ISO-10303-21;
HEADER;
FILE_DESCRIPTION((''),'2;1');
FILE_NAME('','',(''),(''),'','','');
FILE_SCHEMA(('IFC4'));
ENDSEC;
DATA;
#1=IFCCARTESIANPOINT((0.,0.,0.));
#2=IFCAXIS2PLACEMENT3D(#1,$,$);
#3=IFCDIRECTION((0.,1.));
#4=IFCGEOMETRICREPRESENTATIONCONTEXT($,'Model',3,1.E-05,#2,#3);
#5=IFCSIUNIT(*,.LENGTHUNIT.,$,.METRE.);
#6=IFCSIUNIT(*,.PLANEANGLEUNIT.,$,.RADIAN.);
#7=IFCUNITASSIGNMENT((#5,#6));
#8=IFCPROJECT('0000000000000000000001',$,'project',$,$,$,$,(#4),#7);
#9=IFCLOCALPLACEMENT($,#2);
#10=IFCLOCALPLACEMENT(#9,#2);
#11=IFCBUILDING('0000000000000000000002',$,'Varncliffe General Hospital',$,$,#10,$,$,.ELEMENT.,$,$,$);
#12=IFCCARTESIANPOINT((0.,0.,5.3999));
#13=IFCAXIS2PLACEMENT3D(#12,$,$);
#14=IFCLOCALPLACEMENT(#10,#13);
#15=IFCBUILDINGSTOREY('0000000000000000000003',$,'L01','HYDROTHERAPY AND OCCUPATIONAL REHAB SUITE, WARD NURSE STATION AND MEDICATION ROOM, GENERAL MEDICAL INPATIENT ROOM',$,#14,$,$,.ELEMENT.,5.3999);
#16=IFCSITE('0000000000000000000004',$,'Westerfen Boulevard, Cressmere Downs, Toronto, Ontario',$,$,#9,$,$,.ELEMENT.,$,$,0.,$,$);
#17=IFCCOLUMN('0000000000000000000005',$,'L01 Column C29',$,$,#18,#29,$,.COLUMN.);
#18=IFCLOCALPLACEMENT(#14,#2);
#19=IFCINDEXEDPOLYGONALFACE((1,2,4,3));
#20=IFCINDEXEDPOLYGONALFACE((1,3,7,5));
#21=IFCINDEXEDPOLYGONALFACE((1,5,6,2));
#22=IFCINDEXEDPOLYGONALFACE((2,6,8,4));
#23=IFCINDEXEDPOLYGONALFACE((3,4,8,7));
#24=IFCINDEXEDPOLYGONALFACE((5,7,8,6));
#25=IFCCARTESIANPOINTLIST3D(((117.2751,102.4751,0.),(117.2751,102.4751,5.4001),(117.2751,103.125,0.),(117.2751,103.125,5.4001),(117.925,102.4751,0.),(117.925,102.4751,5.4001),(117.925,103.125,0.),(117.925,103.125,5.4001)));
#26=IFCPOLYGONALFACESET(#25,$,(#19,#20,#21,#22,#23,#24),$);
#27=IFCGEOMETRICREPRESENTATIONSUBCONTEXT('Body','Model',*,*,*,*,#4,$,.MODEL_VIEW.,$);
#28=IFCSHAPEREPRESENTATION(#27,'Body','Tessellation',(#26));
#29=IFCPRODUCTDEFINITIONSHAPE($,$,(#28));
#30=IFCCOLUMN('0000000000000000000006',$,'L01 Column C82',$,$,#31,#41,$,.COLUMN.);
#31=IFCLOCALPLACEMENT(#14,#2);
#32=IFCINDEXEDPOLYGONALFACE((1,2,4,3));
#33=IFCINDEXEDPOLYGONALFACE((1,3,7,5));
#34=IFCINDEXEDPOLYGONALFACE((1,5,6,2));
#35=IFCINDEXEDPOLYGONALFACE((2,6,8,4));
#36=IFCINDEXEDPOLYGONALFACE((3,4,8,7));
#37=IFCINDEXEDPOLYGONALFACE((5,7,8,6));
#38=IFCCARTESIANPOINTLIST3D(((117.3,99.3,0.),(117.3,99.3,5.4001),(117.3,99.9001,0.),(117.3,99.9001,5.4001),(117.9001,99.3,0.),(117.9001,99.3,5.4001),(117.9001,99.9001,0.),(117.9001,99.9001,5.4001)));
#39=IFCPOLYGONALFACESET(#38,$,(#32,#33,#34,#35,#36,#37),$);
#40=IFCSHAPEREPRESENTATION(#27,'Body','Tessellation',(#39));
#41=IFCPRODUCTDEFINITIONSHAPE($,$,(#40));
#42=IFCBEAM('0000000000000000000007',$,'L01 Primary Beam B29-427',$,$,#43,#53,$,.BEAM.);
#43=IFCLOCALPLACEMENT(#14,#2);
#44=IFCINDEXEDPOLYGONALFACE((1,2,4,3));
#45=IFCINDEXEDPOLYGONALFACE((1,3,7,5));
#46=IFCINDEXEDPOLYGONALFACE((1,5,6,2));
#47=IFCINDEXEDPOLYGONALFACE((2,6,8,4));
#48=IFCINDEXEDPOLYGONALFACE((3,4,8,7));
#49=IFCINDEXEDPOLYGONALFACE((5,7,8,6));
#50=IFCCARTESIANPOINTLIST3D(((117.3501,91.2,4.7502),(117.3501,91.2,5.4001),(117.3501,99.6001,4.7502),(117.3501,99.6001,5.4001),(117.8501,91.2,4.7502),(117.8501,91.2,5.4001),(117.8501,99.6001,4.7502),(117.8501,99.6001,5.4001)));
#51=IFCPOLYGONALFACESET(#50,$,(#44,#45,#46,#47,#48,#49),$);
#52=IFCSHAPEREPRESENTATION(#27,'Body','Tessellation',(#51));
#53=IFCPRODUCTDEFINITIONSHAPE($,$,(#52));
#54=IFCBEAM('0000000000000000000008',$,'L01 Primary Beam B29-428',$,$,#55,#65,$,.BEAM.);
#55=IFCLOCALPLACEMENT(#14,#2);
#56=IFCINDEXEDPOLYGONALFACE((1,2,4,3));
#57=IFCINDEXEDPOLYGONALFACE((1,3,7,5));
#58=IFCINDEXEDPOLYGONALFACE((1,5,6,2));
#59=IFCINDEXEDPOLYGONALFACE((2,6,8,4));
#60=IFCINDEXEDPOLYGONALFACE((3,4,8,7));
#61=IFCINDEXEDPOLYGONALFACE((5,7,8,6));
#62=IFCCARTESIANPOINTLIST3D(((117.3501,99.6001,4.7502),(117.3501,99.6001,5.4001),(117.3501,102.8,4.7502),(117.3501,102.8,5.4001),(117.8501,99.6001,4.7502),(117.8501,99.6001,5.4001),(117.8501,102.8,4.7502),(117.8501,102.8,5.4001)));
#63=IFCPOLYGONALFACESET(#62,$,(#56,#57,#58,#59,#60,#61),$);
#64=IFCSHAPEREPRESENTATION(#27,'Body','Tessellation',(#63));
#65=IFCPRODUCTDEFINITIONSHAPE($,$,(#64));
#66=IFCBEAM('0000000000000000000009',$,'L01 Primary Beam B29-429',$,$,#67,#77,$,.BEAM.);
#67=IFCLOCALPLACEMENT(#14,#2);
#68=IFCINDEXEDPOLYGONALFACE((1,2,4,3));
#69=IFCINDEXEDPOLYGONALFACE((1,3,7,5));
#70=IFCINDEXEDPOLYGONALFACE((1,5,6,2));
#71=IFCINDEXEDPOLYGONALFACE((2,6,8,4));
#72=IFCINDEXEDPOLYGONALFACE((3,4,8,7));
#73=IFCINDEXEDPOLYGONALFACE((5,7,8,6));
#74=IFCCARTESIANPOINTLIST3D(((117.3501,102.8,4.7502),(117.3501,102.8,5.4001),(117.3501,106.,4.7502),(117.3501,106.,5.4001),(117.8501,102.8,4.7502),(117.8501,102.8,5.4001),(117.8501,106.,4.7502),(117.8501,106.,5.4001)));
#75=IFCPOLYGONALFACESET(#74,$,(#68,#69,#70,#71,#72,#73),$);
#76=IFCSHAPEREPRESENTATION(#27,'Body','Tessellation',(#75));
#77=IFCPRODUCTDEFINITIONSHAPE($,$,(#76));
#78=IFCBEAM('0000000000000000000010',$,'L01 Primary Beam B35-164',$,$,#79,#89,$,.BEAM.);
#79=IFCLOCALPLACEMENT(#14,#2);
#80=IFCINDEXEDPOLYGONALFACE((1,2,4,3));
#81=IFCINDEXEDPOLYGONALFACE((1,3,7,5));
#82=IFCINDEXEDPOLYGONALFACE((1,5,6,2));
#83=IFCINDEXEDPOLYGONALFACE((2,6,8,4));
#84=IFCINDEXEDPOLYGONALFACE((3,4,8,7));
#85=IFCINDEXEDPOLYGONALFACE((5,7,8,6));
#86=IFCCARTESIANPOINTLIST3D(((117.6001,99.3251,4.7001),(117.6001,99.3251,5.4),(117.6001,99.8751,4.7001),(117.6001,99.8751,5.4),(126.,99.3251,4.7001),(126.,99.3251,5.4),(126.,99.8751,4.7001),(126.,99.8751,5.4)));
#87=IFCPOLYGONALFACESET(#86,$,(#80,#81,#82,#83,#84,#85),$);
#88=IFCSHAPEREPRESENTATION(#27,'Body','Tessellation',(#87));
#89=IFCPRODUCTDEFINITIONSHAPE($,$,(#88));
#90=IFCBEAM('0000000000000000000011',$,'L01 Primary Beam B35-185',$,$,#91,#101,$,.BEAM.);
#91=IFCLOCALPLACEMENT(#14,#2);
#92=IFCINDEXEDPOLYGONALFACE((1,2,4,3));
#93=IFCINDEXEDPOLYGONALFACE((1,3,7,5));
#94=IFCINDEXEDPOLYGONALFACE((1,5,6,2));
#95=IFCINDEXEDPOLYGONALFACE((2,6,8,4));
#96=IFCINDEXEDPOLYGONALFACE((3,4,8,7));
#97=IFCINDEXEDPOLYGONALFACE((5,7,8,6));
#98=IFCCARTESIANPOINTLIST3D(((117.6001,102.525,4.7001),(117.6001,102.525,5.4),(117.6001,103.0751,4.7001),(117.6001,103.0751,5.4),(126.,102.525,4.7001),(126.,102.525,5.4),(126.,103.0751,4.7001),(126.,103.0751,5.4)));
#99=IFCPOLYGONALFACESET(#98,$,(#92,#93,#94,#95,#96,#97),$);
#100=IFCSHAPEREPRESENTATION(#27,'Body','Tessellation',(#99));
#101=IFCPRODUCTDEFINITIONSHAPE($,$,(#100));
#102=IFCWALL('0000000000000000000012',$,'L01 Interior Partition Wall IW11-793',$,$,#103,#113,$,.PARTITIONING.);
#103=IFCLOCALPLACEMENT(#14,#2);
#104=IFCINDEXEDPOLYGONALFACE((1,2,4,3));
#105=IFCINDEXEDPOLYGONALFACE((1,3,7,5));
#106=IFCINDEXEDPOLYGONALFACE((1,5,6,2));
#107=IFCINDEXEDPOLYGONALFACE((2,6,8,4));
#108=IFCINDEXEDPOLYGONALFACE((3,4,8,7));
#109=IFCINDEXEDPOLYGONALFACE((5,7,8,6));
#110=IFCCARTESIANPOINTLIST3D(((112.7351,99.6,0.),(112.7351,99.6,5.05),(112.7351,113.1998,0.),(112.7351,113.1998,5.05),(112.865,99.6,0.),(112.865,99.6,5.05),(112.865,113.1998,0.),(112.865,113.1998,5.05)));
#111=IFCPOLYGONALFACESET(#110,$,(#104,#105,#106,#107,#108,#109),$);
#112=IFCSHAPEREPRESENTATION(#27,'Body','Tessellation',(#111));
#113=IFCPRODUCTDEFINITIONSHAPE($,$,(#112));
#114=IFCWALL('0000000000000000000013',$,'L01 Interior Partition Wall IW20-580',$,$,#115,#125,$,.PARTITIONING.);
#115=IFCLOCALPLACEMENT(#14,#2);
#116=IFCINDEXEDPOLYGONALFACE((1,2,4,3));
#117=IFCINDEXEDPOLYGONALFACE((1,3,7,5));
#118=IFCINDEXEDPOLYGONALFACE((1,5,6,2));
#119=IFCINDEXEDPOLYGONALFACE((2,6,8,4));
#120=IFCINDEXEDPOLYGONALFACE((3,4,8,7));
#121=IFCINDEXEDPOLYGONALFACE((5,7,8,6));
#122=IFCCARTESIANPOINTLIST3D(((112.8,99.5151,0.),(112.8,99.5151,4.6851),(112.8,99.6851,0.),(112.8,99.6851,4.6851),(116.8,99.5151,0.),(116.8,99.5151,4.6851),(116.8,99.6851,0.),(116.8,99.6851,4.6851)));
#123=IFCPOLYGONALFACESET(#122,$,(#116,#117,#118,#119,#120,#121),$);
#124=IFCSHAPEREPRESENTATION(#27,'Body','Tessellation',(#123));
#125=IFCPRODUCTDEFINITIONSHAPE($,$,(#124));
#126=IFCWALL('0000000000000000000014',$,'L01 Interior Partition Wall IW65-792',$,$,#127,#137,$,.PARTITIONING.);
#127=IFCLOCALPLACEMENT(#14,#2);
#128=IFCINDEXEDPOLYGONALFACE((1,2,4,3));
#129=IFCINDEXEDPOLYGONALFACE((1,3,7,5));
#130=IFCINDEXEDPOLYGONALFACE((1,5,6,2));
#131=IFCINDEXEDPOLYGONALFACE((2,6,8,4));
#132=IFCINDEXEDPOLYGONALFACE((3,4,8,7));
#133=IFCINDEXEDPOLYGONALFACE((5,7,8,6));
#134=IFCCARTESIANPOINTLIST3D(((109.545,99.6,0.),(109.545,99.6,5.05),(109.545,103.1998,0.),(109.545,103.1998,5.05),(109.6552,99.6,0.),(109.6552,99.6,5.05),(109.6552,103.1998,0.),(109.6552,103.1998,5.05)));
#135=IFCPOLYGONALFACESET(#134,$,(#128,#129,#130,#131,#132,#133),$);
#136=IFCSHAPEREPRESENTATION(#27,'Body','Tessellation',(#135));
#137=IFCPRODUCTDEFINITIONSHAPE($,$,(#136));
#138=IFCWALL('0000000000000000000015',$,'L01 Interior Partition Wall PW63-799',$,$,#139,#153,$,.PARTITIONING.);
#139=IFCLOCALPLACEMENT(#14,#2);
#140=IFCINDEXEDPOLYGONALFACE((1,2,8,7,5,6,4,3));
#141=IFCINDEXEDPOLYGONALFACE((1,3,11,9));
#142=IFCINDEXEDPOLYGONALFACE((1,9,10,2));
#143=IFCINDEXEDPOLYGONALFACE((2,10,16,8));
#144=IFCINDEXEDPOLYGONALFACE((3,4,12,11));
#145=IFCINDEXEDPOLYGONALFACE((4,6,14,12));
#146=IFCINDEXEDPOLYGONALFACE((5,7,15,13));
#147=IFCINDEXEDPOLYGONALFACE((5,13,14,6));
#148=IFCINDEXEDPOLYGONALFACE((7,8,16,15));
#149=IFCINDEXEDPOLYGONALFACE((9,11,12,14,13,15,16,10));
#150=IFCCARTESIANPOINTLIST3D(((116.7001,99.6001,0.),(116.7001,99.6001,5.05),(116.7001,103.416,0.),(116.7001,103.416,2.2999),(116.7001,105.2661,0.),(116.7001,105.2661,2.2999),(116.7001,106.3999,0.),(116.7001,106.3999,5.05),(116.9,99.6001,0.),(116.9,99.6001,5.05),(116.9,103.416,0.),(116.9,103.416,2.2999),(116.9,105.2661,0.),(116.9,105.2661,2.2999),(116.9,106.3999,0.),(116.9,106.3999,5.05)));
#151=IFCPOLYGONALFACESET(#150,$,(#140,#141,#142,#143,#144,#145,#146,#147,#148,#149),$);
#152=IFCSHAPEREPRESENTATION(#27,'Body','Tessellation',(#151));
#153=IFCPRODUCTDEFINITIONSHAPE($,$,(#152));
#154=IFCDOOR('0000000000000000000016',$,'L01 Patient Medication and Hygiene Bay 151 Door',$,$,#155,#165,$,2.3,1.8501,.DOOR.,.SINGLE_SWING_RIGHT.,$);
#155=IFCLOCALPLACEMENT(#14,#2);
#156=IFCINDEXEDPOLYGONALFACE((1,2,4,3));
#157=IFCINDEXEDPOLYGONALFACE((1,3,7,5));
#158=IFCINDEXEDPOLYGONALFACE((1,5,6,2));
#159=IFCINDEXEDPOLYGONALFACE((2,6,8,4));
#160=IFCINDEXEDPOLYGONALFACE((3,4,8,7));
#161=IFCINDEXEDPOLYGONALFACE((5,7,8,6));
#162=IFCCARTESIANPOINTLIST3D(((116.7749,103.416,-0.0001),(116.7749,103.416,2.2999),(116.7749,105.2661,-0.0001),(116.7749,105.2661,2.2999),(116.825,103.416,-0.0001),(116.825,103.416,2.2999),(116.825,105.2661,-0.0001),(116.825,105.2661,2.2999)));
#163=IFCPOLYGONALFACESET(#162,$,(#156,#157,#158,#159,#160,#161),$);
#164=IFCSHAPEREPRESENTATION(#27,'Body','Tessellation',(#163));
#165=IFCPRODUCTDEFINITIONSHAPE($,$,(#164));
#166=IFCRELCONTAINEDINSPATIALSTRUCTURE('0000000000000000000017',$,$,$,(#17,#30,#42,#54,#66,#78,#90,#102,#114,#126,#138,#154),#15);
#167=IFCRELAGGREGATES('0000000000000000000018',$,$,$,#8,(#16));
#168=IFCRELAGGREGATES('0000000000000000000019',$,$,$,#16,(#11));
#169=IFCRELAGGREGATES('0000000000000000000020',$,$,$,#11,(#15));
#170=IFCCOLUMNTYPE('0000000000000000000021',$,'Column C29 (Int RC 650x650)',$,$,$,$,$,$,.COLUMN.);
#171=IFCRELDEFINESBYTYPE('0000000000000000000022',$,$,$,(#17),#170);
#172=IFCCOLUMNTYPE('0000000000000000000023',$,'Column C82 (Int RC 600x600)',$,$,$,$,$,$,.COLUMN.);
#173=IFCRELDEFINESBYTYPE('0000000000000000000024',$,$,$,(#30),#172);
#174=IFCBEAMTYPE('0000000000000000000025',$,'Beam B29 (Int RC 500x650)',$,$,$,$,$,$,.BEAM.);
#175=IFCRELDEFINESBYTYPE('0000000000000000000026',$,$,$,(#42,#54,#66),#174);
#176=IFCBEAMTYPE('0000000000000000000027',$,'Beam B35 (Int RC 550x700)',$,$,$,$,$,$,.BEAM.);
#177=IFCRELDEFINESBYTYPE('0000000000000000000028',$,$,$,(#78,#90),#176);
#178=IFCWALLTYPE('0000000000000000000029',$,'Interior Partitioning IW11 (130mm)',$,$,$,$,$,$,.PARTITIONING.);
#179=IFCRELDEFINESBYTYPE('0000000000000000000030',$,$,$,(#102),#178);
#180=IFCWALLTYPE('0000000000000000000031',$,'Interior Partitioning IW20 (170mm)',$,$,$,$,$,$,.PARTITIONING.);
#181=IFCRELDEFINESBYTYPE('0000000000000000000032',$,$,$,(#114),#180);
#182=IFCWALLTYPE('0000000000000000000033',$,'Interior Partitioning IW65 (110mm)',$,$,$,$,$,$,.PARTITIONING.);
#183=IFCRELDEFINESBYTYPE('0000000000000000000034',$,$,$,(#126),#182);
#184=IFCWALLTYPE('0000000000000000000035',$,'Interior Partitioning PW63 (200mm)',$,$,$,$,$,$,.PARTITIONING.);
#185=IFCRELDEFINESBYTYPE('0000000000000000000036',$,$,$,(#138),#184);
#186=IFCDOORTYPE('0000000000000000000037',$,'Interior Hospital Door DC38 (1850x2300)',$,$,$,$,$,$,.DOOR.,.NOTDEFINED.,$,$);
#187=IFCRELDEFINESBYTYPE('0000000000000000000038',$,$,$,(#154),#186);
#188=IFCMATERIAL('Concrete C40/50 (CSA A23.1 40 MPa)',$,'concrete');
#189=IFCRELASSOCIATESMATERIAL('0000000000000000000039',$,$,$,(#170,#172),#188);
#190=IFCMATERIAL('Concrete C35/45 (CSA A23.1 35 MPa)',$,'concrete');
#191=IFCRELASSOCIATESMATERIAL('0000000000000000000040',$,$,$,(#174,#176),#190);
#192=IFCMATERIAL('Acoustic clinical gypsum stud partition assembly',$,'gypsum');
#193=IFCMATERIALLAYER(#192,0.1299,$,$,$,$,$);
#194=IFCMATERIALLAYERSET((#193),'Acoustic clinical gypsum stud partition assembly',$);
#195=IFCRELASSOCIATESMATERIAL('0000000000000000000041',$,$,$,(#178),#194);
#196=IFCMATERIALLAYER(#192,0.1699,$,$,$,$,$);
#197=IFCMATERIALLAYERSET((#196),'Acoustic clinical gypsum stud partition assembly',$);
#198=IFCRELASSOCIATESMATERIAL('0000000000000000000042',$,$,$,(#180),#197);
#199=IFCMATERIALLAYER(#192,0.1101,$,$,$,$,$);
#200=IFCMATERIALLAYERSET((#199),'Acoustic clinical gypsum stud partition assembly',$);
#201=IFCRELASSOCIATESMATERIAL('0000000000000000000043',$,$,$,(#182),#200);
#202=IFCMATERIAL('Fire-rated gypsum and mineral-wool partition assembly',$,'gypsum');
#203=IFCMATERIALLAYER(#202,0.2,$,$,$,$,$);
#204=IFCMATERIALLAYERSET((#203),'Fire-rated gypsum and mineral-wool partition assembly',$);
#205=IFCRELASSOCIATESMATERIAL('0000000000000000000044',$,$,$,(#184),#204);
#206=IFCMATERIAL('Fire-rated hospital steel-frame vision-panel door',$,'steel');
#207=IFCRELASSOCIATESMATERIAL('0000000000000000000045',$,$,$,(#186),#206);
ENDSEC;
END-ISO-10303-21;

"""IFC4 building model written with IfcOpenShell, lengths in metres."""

from ifc_helpers import new_model, si_unit, direction, frame, frame_2d, origin, origin_2d, place, context, subcontext, project, spatial, rectangle, extrude, material, layer, layer_set, material_profile, profile_set, type_object, element, fill, save


model = new_model("IFC4")

# Units and contexts
model_context = context("Model", 3, precision=1e-05, world=origin(), true_north=direction((0.0, 1.0)))
body_context = subcontext(model_context, "Body", "Model", "MODEL_VIEW")
ifc_project = project(units=[si_unit("LENGTHUNIT", "METRE"), si_unit("PLANEANGLEUNIT", "RADIAN")], contexts=[model_context])

# Site, building, storey
site_placement = place(None, origin())
site = spatial("IfcSite", under=ifc_project, at=site_placement, Name="Westerfen Boulevard, Cressmere Downs, Toronto, Ontario", CompositionType="ELEMENT", RefElevation=0.0)
building_placement = place(site_placement, origin())
building = spatial("IfcBuilding", under=site, at=building_placement, Name="Varncliffe General Hospital", CompositionType="ELEMENT")
storey_placement = place(building_placement, frame((0.0, 0.0, 5.3999)))
storey = spatial("IfcBuildingStorey", under=building, at=storey_placement, Name="L01", Description="HYDROTHERAPY AND OCCUPATIONAL REHAB SUITE, WARD NURSE STATION AND MEDICATION ROOM, GENERAL MEDICAL INPATIENT ROOM", CompositionType="ELEMENT", Elevation=5.3999)

# Columns
ifc_material_1 = material(Name="Concrete C40/50 (CSA A23.1 40 MPa)", Category="concrete")
ifc_material_profile_1 = material_profile(ifc_material_1, rectangle(XDim=0.6499, YDim=0.6499, at=origin_2d()), Name="RC 650x650")
ifc_profile_set_1 = profile_set([ifc_material_profile_1], Name="Concrete C40/50 (CSA A23.1 40 MPa)")
column_type_1 = type_object("IfcColumnType", Name="Column C29 (Int RC 650x650)", PredefinedType="COLUMN", material=ifc_profile_set_1)
column_1_placement = place(storey_placement, frame((117.6001, 102.8, 0.0), z_axis=(0.0, 0.0, 1.0), x_axis=(1.0, 0.0, 0.0)))
element("IfcColumn", 1, at=column_1_placement, inside=storey, type_object=column_type_1, Name="L01 Column C29", PredefinedType="COLUMN", context=body_context, shape_type="SweptSolid", body=[
    extrude(rectangle(XDim=0.6499, YDim=0.6499, at=origin_2d()), origin(), (0.0, 0.0, 1.0), 5.4001),
])
ifc_material_profile_2 = material_profile(ifc_material_1, rectangle(XDim=0.6001, YDim=0.6001, at=origin_2d()), Name="RC 600x600")
ifc_profile_set_2 = profile_set([ifc_material_profile_2], Name="Concrete C40/50 (CSA A23.1 40 MPa)")
column_type_2 = type_object("IfcColumnType", Name="Column C82 (Int RC 600x600)", PredefinedType="COLUMN", material=ifc_profile_set_2)
column_2_placement = place(storey_placement, frame((117.6001, 99.6001, 0.0), z_axis=(0.0, 0.0, 1.0), x_axis=(1.0, 0.0, 0.0)))
element("IfcColumn", 2, at=column_2_placement, inside=storey, type_object=column_type_2, Name="L01 Column C82", PredefinedType="COLUMN", context=body_context, shape_type="SweptSolid", body=[
    extrude(rectangle(XDim=0.6001, YDim=0.6001, at=origin_2d()), origin(), (0.0, 0.0, 1.0), 5.4001),
])

# Beams
ifc_material_2 = material(Name="Concrete C35/45 (CSA A23.1 35 MPa)", Category="concrete")
ifc_material_profile_3 = material_profile(ifc_material_2, rectangle(XDim=0.5, YDim=0.6499, at=origin_2d()), Name="RC 500x650")
ifc_profile_set_3 = profile_set([ifc_material_profile_3], Name="Concrete C35/45 (CSA A23.1 35 MPa)")
beam_type_1 = type_object("IfcBeamType", Name="Beam B29 (Int RC 500x650)", PredefinedType="BEAM", material=ifc_profile_set_3)
beam_placement = place(storey_placement, frame((117.6001, 91.2, 5.0752), z_axis=(0.0, 1.0, 0.0), x_axis=(-1.0, 0.0, 0.0)))
element("IfcBeam", 3, at=beam_placement, inside=storey, type_object=beam_type_1, Name="L01 Primary Beam B29-427", PredefinedType="BEAM", context=body_context, shape_type="SweptSolid", body=[
    extrude(rectangle(XDim=0.5, YDim=0.6499, at=origin_2d()), origin(), (0.0, 0.0, 1.0), 8.4001),
])
for number, where, z_axis, x_axis, name in (
    (4, (117.6001, 99.6001, 5.0752), (0.0, 1.0, 0.0), (-1.0, 0.0, 0.0), "L01 Primary Beam B29-428"),
    (5, (117.6001, 102.8, 5.0752), (0.0, 1.0, 0.0), (-1.0, 0.0, 0.0), "L01 Primary Beam B29-429"),
):
    element("IfcBeam", number, at=place(storey_placement, frame(where, z_axis=z_axis, x_axis=x_axis)), inside=storey, type_object=beam_type_1, Name=name, PredefinedType="BEAM", context=body_context, shape_type="SweptSolid", body=[
        extrude(rectangle(XDim=0.5, YDim=0.6499, at=origin_2d()), origin(), (0.0, 0.0, 1.0), 3.2),
    ])
ifc_material_profile_4 = material_profile(ifc_material_2, rectangle(XDim=0.55, YDim=0.7, at=origin_2d()), Name="RC 550x700")
ifc_profile_set_4 = profile_set([ifc_material_profile_4], Name="Concrete C35/45 (CSA A23.1 35 MPa)")
beam_type_2 = type_object("IfcBeamType", Name="Beam B35 (Int RC 550x700)", PredefinedType="BEAM", material=ifc_profile_set_4)
for number, where, z_axis, x_axis, name in (
    (6, (117.6001, 99.6001, 5.05), (1.0, 0.0, 0.0), (0.0, 1.0, 0.0), "L01 Primary Beam B35-164"),
    (7, (117.6001, 102.8, 5.05), (1.0, 0.0, 0.0), (0.0, 1.0, 0.0), "L01 Primary Beam B35-185"),
):
    element("IfcBeam", number, at=place(storey_placement, frame(where, z_axis=z_axis, x_axis=x_axis)), inside=storey, type_object=beam_type_2, Name=name, PredefinedType="BEAM", context=body_context, shape_type="SweptSolid", body=[
        extrude(rectangle(XDim=0.55, YDim=0.7, at=origin_2d()), origin(), (0.0, 0.0, 1.0), 8.3999),
    ])

# Walls
ifc_material_3 = material(Name="Acoustic clinical gypsum stud partition assembly", Category="gypsum")
ifc_layer_1 = layer(ifc_material_3, 0.1299)
ifc_layer_set_1 = layer_set([ifc_layer_1], Name="Acoustic clinical gypsum stud partition assembly")
wall_type_1 = type_object("IfcWallType", Name="Interior Partitioning IW11 (130mm)", PredefinedType="PARTITIONING", material=ifc_layer_set_1)
wall_1_placement = place(storey_placement, frame((112.8, 99.6001, 0.0), z_axis=(0.0, 0.0, 1.0), x_axis=(0.0, 1.0, 0.0)))
element("IfcWall", 8, at=wall_1_placement, inside=storey, type_object=wall_type_1, Name="L01 Interior Partition Wall IW11-793", PredefinedType="PARTITIONING", context=body_context, shape_type="SweptSolid", body=[
    extrude(rectangle(XDim=13.5999, YDim=0.1299, at=frame_2d((6.7998, 0.0))), origin(), (0.0, 0.0, 1.0), 5.05),
])
ifc_layer_2 = layer(ifc_material_3, 0.1699)
ifc_layer_set_2 = layer_set([ifc_layer_2], Name="Acoustic clinical gypsum stud partition assembly")
wall_type_2 = type_object("IfcWallType", Name="Interior Partitioning IW20 (170mm)", PredefinedType="PARTITIONING", material=ifc_layer_set_2)
wall_2_placement = place(storey_placement, frame((112.8, 99.6001, 0.0), z_axis=(0.0, 0.0, 1.0), x_axis=(1.0, 0.0, 0.0)))
element("IfcWall", 9, at=wall_2_placement, inside=storey, type_object=wall_type_2, Name="L01 Interior Partition Wall IW20-580", PredefinedType="PARTITIONING", context=body_context, shape_type="SweptSolid", body=[
    extrude(rectangle(XDim=4.0, YDim=0.1699, at=frame_2d((2.0, 0.0))), origin(), (0.0, 0.0, 1.0), 4.6851),
])
ifc_layer_3 = layer(ifc_material_3, 0.1101)
ifc_layer_set_3 = layer_set([ifc_layer_3], Name="Acoustic clinical gypsum stud partition assembly")
wall_type_3 = type_object("IfcWallType", Name="Interior Partitioning IW65 (110mm)", PredefinedType="PARTITIONING", material=ifc_layer_set_3)
wall_3_placement = place(storey_placement, frame((109.6001, 99.6001, 0.0), z_axis=(0.0, 0.0, 1.0), x_axis=(0.0, 1.0, 0.0)))
element("IfcWall", 10, at=wall_3_placement, inside=storey, type_object=wall_type_3, Name="L01 Interior Partition Wall IW65-792", PredefinedType="PARTITIONING", context=body_context, shape_type="SweptSolid", body=[
    extrude(rectangle(XDim=3.5999, YDim=0.1101, at=frame_2d((1.7998, 0.0))), origin(), (0.0, 0.0, 1.0), 5.05),
])

# Wall, opening, door
ifc_material_4 = material(Name="Fire-rated gypsum and mineral-wool partition assembly", Category="gypsum")
ifc_layer_4 = layer(ifc_material_4, 0.2)
ifc_layer_set_4 = layer_set([ifc_layer_4], Name="Fire-rated gypsum and mineral-wool partition assembly")
wall_type_4 = type_object("IfcWallType", Name="Interior Partitioning PW63 (200mm)", PredefinedType="PARTITIONING", material=ifc_layer_set_4)
wall_4_placement = place(storey_placement, frame((116.8, 99.6001, 0.0), z_axis=(0.0, 0.0, 1.0), x_axis=(0.0, 1.0, 0.0)))
wall_4 = element("IfcWall", 11, at=wall_4_placement, inside=storey, type_object=wall_type_4, Name="L01 Interior Partition Wall PW63-799", PredefinedType="PARTITIONING", context=body_context, shape_type="SweptSolid", body=[
    extrude(rectangle(XDim=6.7998, YDim=0.2, at=frame_2d((3.3999, 0.0))), origin(), (0.0, 0.0, 1.0), 5.05),
])
opening_1_placement = place(wall_4_placement, frame((3.8159, 0.0, 0.0)))
opening_1 = element("IfcOpeningElement", 12, at=opening_1_placement, cuts=wall_4, PredefinedType="OPENING", context=body_context, shape_type="SweptSolid", body=[
    extrude(rectangle(XDim=1.8501, YDim=2.3, at=frame_2d((0.925, 1.1499))), frame((0.0, 0.1099, 0.0), z_axis=(0.0, -1.0, 0.0), x_axis=(1.0, 0.0, 0.0)), (0.0, 0.0, 1.0), 0.22),
])
ifc_material_5 = material(Name="Fire-rated hospital steel-frame vision-panel door", Category="steel")
door_type_1 = type_object("IfcDoorType", Name="Interior Hospital Door DC38 (1850x2300)", OperationType="NOTDEFINED", PredefinedType="DOOR", material=ifc_material_5)
door_1_placement = place(opening_1_placement, frame((1.8501, 0.0, 0.0), z_axis=(0.0, 0.0, 1.0), x_axis=(-1.0, 0.0, 0.0)))
door_1 = element("IfcDoor", 13, at=door_1_placement, inside=storey, type_object=door_type_1, Name="L01 Patient Medication and Hygiene Bay 151 Door", OperationType="SINGLE_SWING_RIGHT", OverallHeight=2.3, OverallWidth=1.8501, PredefinedType="DOOR", context=body_context, shape_type="SweptSolid", body=[
    extrude(rectangle(XDim=1.8501, YDim=2.3, at=frame_2d((0.925, 1.1499))), frame((0.0, 0.0249, 0.0), z_axis=(0.0, -1.0, 0.0), x_axis=(1.0, 0.0, 0.0)), (0.0, 0.0, 1.0), 0.05),
])
fill(opening_1, door_1)

save(model, "model.ifc")
